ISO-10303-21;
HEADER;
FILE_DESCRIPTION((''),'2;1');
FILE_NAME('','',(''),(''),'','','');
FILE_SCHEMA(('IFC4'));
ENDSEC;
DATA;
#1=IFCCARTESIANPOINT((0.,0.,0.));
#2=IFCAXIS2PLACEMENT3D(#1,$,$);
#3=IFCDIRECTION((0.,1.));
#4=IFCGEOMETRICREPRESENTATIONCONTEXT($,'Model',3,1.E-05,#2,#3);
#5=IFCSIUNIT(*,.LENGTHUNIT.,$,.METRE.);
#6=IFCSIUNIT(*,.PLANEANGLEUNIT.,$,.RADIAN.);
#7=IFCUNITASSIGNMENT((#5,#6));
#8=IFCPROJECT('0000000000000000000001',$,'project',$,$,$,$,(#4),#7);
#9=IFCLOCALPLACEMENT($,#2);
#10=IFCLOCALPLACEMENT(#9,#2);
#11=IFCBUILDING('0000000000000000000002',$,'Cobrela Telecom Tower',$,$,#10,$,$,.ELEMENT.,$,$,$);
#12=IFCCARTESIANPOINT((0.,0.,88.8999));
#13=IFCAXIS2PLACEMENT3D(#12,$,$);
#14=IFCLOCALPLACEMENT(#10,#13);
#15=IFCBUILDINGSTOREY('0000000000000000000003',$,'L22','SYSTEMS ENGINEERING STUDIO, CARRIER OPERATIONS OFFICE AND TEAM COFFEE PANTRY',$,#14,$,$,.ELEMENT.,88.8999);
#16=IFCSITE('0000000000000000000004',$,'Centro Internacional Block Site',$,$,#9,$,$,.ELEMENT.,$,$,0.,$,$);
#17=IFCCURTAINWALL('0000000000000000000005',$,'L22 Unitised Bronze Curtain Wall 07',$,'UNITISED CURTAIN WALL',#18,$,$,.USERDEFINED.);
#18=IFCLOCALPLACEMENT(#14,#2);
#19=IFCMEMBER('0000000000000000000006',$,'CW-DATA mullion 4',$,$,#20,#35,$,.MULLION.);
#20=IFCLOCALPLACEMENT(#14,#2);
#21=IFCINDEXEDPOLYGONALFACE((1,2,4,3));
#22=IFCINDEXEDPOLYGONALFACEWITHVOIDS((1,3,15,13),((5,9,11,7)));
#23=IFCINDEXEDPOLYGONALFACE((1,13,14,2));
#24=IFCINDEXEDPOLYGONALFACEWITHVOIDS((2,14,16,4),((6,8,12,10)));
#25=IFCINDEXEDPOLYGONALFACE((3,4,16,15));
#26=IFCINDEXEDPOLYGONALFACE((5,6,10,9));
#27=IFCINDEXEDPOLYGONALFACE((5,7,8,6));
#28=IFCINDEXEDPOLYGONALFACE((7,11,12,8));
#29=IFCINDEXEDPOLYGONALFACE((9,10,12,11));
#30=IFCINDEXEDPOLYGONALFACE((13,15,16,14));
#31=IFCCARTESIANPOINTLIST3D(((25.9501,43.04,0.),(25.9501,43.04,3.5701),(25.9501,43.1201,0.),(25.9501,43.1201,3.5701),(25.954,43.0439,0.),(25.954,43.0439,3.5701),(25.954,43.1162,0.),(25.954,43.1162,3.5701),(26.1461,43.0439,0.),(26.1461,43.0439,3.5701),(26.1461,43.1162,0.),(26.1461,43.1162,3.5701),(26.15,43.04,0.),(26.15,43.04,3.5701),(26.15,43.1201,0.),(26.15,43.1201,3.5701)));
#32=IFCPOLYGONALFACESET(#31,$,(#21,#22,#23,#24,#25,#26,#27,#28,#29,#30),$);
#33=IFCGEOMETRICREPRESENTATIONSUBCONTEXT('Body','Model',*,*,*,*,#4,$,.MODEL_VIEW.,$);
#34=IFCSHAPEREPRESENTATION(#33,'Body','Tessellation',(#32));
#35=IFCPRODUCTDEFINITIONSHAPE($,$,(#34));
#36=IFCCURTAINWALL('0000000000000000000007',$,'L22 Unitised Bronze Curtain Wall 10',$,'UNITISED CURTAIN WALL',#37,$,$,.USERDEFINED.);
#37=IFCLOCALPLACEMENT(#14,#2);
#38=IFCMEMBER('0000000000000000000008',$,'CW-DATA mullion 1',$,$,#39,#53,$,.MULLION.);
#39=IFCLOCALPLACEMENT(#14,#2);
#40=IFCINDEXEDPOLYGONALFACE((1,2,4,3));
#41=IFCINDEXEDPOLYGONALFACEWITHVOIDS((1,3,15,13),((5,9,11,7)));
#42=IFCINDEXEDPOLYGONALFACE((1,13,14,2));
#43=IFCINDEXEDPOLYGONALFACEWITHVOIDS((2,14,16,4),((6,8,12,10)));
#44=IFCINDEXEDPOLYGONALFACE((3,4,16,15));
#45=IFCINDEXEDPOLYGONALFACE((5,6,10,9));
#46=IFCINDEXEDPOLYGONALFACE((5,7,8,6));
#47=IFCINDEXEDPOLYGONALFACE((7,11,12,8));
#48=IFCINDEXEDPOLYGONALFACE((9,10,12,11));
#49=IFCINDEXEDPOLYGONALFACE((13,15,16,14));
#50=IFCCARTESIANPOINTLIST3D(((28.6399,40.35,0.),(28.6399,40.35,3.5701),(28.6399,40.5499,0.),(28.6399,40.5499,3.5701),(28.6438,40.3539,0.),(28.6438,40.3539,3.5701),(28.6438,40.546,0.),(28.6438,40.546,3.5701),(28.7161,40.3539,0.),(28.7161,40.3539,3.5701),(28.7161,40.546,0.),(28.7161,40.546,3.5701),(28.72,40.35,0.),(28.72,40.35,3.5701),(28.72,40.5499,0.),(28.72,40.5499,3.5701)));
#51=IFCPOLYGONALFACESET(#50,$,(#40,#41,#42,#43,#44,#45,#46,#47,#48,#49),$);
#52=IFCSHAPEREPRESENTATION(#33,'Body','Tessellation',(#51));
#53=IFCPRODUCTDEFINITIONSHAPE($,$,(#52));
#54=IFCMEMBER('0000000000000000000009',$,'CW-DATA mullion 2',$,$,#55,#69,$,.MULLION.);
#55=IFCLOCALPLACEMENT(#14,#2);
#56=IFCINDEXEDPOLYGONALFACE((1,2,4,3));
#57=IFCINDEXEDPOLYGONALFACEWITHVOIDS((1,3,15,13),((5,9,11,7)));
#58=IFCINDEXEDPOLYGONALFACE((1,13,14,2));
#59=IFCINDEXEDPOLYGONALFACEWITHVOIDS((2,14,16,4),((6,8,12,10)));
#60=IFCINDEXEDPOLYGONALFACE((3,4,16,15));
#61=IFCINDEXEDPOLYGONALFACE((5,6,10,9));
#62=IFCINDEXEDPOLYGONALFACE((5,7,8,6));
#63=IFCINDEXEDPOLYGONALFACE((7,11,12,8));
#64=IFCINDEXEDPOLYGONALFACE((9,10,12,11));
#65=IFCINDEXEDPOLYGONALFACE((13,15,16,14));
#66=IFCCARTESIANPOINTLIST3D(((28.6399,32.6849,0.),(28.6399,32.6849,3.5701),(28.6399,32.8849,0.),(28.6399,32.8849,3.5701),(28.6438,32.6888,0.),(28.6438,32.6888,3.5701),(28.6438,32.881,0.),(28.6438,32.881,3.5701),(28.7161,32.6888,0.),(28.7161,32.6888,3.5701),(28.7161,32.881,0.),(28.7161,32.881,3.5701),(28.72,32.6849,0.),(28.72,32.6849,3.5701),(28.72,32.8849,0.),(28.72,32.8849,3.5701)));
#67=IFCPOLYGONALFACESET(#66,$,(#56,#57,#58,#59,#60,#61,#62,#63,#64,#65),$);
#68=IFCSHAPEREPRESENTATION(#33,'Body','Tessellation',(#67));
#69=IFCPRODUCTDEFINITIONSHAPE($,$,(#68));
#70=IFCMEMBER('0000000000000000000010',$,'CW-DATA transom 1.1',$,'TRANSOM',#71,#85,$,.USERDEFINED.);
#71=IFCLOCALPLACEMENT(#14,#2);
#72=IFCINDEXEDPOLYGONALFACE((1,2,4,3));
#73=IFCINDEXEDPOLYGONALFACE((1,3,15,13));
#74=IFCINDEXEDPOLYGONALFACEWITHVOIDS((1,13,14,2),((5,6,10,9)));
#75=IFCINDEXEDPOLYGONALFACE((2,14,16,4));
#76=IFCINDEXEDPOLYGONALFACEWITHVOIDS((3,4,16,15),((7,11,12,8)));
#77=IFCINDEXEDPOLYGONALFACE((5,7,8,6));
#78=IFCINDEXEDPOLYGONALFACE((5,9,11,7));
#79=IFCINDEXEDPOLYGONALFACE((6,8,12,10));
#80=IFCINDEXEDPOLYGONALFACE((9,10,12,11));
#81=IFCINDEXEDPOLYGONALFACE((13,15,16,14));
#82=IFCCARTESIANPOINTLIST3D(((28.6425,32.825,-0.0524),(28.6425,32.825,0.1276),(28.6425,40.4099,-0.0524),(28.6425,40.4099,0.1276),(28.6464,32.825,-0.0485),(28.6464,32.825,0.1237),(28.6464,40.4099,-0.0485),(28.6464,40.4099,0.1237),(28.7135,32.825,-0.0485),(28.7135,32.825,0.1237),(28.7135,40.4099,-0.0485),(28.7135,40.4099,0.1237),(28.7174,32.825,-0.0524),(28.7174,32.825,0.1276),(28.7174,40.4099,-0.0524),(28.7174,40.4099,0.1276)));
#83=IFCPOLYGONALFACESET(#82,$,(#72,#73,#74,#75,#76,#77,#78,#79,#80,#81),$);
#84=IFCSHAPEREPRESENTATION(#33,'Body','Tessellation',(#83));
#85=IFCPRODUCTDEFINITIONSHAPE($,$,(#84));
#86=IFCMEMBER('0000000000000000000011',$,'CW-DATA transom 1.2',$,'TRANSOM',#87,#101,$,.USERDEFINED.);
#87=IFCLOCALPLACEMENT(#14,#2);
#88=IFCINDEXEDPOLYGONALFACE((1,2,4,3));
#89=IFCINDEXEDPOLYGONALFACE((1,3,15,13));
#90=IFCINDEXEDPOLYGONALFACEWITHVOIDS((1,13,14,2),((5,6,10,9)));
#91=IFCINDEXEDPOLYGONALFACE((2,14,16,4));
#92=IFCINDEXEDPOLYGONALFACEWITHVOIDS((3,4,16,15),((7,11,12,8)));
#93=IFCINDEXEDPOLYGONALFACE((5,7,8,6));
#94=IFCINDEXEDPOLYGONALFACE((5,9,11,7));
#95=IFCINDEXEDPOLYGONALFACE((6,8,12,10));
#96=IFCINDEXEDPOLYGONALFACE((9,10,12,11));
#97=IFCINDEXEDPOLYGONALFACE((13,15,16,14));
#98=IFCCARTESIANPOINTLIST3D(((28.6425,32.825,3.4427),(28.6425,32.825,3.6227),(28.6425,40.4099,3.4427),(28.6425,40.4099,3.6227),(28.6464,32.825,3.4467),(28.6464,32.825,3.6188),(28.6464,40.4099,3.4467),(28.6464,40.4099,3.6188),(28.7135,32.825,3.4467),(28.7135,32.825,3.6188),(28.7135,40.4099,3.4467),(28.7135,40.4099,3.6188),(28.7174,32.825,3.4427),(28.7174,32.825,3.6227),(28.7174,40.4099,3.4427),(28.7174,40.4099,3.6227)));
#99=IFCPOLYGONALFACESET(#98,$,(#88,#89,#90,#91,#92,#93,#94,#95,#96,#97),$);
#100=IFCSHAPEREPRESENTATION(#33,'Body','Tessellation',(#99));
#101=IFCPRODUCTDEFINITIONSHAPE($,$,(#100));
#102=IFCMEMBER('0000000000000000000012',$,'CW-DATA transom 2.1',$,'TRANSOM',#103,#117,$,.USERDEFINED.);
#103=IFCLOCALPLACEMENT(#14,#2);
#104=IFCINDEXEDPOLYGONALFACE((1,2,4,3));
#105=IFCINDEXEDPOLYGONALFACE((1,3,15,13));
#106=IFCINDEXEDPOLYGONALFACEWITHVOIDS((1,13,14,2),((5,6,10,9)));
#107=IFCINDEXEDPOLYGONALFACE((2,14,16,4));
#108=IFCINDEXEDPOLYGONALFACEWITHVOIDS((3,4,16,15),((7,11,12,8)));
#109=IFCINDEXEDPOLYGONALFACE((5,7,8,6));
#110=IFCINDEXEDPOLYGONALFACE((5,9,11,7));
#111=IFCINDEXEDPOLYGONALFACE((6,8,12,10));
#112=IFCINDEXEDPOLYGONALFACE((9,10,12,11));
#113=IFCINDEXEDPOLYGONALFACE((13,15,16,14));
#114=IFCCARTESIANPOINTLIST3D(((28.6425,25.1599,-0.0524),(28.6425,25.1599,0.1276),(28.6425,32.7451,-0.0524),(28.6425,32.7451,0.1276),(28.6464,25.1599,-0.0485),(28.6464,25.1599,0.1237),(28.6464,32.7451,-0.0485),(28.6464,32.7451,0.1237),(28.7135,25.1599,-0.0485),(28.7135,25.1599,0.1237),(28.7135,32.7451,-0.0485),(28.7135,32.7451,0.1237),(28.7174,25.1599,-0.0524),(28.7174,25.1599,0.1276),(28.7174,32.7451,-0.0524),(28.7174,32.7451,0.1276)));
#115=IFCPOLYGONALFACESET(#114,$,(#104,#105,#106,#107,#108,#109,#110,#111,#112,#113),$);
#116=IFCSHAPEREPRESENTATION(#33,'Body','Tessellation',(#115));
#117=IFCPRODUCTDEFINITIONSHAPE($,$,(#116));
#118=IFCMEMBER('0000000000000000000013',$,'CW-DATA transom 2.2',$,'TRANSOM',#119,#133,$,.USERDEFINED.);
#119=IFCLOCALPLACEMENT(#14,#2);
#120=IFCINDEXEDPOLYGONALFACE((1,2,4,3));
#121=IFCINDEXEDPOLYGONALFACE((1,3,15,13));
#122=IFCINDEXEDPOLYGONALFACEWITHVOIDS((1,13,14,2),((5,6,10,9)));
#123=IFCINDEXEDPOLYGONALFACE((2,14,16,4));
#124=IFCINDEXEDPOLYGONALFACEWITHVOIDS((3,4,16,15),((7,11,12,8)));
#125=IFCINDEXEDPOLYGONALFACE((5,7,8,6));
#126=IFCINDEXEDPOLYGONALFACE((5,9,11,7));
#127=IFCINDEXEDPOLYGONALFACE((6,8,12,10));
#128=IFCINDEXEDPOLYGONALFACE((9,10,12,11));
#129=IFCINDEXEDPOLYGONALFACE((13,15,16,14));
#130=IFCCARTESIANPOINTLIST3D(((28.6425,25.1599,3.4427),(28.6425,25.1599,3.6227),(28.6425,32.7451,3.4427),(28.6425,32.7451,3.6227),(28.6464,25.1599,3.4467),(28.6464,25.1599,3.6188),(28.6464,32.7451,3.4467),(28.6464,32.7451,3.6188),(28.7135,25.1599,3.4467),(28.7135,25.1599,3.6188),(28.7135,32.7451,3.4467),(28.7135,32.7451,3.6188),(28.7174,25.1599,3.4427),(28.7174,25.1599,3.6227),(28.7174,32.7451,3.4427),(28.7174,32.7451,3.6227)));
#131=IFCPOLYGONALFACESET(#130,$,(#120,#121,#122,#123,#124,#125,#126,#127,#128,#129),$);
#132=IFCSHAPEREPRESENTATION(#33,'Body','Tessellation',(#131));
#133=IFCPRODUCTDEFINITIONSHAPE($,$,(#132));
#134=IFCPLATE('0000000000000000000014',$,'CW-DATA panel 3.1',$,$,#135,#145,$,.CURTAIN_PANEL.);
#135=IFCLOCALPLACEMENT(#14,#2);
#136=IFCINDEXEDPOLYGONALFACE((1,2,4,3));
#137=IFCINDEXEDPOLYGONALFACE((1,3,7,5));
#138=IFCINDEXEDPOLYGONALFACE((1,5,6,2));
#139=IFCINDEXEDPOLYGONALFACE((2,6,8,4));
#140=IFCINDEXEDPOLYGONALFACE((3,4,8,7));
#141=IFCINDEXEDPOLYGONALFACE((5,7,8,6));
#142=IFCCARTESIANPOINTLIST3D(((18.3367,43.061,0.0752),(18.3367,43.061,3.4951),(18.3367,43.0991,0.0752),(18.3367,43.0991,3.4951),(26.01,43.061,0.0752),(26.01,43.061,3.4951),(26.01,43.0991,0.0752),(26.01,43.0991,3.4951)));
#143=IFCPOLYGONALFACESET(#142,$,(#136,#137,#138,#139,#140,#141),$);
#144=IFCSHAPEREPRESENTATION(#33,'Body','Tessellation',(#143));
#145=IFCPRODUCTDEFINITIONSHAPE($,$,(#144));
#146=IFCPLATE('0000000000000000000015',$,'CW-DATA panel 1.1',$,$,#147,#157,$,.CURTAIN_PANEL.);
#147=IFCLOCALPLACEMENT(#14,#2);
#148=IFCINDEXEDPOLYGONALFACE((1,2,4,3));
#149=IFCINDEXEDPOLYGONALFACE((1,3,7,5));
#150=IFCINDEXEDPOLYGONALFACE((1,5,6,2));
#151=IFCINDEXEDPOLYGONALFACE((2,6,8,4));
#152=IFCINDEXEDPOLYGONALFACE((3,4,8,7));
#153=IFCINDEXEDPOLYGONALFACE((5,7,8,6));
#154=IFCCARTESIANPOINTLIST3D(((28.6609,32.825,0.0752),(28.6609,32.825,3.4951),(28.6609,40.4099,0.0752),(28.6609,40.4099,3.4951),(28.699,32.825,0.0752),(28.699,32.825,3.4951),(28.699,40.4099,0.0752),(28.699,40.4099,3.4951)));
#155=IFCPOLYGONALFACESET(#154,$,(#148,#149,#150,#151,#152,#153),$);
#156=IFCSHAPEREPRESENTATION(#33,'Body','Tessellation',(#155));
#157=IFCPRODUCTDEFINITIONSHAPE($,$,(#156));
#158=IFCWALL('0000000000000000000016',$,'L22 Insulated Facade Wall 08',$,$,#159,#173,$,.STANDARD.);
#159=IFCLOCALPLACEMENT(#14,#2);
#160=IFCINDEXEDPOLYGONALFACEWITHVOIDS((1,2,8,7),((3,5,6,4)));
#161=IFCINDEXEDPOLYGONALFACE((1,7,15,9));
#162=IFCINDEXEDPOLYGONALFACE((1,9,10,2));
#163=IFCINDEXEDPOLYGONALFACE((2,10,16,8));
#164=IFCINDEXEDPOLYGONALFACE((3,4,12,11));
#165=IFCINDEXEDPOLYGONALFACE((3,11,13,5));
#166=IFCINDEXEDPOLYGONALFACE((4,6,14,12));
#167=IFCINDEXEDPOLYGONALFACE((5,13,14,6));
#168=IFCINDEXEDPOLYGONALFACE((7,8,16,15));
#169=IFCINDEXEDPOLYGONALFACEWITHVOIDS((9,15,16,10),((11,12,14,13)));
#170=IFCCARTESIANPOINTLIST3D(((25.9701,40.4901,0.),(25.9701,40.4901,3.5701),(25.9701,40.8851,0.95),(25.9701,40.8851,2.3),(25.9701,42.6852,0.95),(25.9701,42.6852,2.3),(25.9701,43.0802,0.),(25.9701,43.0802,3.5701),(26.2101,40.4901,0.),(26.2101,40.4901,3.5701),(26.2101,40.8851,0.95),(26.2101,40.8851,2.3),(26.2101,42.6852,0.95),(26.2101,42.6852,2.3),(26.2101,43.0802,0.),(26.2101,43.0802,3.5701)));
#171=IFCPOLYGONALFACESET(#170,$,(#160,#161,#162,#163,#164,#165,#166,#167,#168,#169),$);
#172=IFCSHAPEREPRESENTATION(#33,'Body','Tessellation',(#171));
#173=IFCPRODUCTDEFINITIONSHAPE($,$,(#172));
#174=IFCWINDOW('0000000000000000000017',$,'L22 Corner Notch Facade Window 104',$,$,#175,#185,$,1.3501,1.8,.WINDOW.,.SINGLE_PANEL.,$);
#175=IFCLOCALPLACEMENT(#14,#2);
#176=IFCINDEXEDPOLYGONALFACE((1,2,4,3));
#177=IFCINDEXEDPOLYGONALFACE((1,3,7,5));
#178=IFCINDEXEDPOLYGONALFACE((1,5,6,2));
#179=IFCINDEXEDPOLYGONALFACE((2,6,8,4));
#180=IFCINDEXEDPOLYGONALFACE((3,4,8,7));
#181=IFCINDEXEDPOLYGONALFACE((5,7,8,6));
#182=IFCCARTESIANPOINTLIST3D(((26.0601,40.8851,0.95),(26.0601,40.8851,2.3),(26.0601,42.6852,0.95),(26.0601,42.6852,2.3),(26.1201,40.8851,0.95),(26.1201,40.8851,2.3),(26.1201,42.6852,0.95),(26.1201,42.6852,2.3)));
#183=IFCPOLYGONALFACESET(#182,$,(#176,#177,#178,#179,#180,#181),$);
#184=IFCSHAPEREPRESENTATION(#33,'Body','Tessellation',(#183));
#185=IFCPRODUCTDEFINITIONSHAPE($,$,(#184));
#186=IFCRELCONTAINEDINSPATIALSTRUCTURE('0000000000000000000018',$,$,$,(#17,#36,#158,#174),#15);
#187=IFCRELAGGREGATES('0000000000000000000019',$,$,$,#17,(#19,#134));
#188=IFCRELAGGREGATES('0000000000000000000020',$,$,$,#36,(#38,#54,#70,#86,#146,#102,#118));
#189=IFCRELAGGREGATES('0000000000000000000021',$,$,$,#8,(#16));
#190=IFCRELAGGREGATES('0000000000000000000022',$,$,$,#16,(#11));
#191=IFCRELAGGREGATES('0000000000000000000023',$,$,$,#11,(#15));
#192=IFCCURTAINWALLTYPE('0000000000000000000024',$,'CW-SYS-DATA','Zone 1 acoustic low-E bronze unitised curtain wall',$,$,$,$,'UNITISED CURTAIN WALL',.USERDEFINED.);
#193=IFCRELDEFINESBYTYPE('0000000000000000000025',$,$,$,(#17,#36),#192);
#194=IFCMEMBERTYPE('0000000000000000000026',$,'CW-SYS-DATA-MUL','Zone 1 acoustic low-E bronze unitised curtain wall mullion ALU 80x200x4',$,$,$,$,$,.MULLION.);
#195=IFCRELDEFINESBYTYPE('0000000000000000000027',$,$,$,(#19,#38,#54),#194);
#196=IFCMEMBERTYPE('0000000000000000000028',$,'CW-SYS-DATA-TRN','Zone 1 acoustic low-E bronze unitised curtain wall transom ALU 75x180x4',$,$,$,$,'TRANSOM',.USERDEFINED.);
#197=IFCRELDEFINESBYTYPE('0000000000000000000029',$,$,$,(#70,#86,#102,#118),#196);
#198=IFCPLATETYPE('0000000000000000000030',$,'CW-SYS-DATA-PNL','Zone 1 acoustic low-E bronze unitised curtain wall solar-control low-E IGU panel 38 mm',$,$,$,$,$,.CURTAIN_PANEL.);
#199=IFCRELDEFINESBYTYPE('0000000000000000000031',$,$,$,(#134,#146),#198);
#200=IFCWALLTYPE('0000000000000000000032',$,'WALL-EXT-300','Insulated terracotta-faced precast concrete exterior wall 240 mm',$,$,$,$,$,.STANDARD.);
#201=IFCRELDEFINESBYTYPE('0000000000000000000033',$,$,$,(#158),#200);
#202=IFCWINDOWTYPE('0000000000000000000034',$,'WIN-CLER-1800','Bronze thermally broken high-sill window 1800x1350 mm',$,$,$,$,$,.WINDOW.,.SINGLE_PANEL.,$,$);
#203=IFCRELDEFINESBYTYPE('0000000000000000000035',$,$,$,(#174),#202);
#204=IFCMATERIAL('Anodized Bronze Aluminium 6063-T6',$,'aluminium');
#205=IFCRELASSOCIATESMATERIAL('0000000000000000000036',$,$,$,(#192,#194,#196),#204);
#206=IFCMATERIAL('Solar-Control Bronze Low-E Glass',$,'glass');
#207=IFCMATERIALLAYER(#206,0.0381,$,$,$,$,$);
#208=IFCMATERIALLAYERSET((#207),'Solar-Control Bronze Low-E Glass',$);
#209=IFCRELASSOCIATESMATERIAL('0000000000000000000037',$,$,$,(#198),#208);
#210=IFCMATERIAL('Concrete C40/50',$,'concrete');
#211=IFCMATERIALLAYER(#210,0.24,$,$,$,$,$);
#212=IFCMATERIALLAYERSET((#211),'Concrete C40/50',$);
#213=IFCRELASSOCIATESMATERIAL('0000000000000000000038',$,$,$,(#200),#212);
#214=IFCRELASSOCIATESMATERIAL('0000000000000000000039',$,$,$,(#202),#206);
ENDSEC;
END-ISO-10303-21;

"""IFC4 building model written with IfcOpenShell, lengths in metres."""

from ifc_helpers import new_model, si_unit, direction, frame, frame_2d, origin, origin_2d, place, context, subcontext, project, spatial, rectangle, hollow_rectangle, extrude, material, layer, layer_set, material_profile, profile_set, type_object, element, fill, aggregate, save


model = new_model("IFC4")

# Units and contexts
model_context = context("Model", 3, precision=1e-05, world=origin(), true_north=direction((0.0, 1.0)))
body_context = subcontext(model_context, "Body", "Model", "MODEL_VIEW")
ifc_project = project(units=[si_unit("LENGTHUNIT", "METRE"), si_unit("PLANEANGLEUNIT", "RADIAN")], contexts=[model_context])

# Site, building, storey
site_placement = place(None, origin())
site = spatial("IfcSite", under=ifc_project, at=site_placement, Name="Centro Internacional Block Site", CompositionType="ELEMENT", RefElevation=0.0)
building_placement = place(site_placement, origin())
building = spatial("IfcBuilding", under=site, at=building_placement, Name="Cobrela Telecom Tower", CompositionType="ELEMENT")
storey_placement = place(building_placement, frame((0.0, 0.0, 88.8999)))
storey = spatial("IfcBuildingStorey", under=building, at=storey_placement, Name="L22", Description="SYSTEMS ENGINEERING STUDIO, CARRIER OPERATIONS OFFICE AND TEAM COFFEE PANTRY", CompositionType="ELEMENT", Elevation=88.8999)

# Curtain wall, member
ifc_material_1 = material(Name="Anodized Bronze Aluminium 6063-T6", Category="aluminium")
curtain_wall_type = type_object("IfcCurtainWallType", Name="CW-SYS-DATA", Description="Zone 1 acoustic low-E bronze unitised curtain wall", ElementType="UNITISED CURTAIN WALL", PredefinedType="USERDEFINED", material=ifc_material_1)
curtain_wall_1_placement = place(storey_placement, origin())
curtain_wall_1 = element("IfcCurtainWall", 1, at=curtain_wall_1_placement, inside=storey, type_object=curtain_wall_type, Name="L22 Unitised Bronze Curtain Wall 07", ObjectType="UNITISED CURTAIN WALL", PredefinedType="USERDEFINED")
ifc_material_profile_1 = material_profile(ifc_material_1, hollow_rectangle(XDim=0.0801, YDim=0.2, WallThickness=0.0039, at=origin_2d()), Name="ALU 80x200x4")
ifc_profile_set_1 = profile_set([ifc_material_profile_1], Name="Anodized Bronze Aluminium 6063-T6")
member_type_1 = type_object("IfcMemberType", Name="CW-SYS-DATA-MUL", Description="Zone 1 acoustic low-E bronze unitised curtain wall mullion ALU 80x200x4", PredefinedType="MULLION", material=ifc_profile_set_1)
member_1_placement = place(storey_placement, frame((26.05, 43.0801, 0.0), z_axis=(0.0, 0.0, 1.0), x_axis=(0.0, 1.0, 0.0)))
member_1 = element("IfcMember", 2, at=member_1_placement, type_object=member_type_1, Name="CW-DATA mullion 4", PredefinedType="MULLION", context=body_context, shape_type="SweptSolid", body=[
    extrude(hollow_rectangle(XDim=0.0801, YDim=0.2, WallThickness=0.0039, at=origin_2d()), origin(), (0.0, 0.0, 1.0), 3.5701),
])

# Curtain wall, members
curtain_wall_2_placement = place(storey_placement, origin())
curtain_wall_2 = element("IfcCurtainWall", 3, at=curtain_wall_2_placement, inside=storey, type_object=curtain_wall_type, Name="L22 Unitised Bronze Curtain Wall 10", ObjectType="UNITISED CURTAIN WALL", PredefinedType="USERDEFINED")
member_2_placement = place(storey_placement, frame((28.6799, 40.45, 0.0), z_axis=(0.0, 0.0, 1.0), x_axis=(1.0, 0.0, 0.0)))
member_2 = element("IfcMember", 4, at=member_2_placement, type_object=member_type_1, Name="CW-DATA mullion 1", PredefinedType="MULLION", context=body_context, shape_type="SweptSolid", body=[
    extrude(hollow_rectangle(XDim=0.0801, YDim=0.2, WallThickness=0.0039, at=origin_2d()), origin(), (0.0, 0.0, 1.0), 3.5701),
])
member_3_placement = place(storey_placement, frame((28.6799, 32.7849, 0.0), z_axis=(0.0, 0.0, 1.0), x_axis=(1.0, 0.0, 0.0)))
member_3 = element("IfcMember", 5, at=member_3_placement, type_object=member_type_1, Name="CW-DATA mullion 2", PredefinedType="MULLION", context=body_context, shape_type="SweptSolid", body=[
    extrude(hollow_rectangle(XDim=0.0801, YDim=0.2, WallThickness=0.0039, at=origin_2d()), origin(), (0.0, 0.0, 1.0), 3.5701),
])
ifc_material_profile_2 = material_profile(ifc_material_1, hollow_rectangle(XDim=0.075, YDim=0.1799, WallThickness=0.0039, at=origin_2d()), Name="ALU 75x180x4")
ifc_profile_set_2 = profile_set([ifc_material_profile_2], Name="Anodized Bronze Aluminium 6063-T6")
member_type_2 = type_object("IfcMemberType", Name="CW-SYS-DATA-TRN", Description="Zone 1 acoustic low-E bronze unitised curtain wall transom ALU 75x180x4", ElementType="TRANSOM", PredefinedType="USERDEFINED", material=ifc_profile_set_2)
member_4_placement = place(storey_placement, frame((28.6799, 40.4099, 0.0376), z_axis=(0.0, -1.0, 0.0), x_axis=(1.0, 0.0, 0.0)))
member_4 = element("IfcMember", 6, at=member_4_placement, type_object=member_type_2, Name="CW-DATA transom 1.1", ObjectType="TRANSOM", PredefinedType="USERDEFINED", context=body_context, shape_type="SweptSolid", body=[
    extrude(hollow_rectangle(XDim=0.075, YDim=0.1799, WallThickness=0.0039, at=origin_2d()), origin(), (0.0, 0.0, 1.0), 7.585),
])
member_5_placement = place(storey_placement, frame((28.6799, 40.4099, 3.5327), z_axis=(0.0, -1.0, 0.0), x_axis=(1.0, 0.0, 0.0)))
member_5 = element("IfcMember", 7, at=member_5_placement, type_object=member_type_2, Name="CW-DATA transom 1.2", ObjectType="TRANSOM", PredefinedType="USERDEFINED", context=body_context, shape_type="SweptSolid", body=[
    extrude(hollow_rectangle(XDim=0.075, YDim=0.1799, WallThickness=0.0039, at=origin_2d()), origin(), (0.0, 0.0, 1.0), 7.585),
])
member_6_placement = place(storey_placement, frame((28.6799, 32.7451, 0.0376), z_axis=(0.0, -1.0, 0.0), x_axis=(1.0, 0.0, 0.0)))
member_6 = element("IfcMember", 8, at=member_6_placement, type_object=member_type_2, Name="CW-DATA transom 2.1", ObjectType="TRANSOM", PredefinedType="USERDEFINED", context=body_context, shape_type="SweptSolid", body=[
    extrude(hollow_rectangle(XDim=0.075, YDim=0.1799, WallThickness=0.0039, at=origin_2d()), origin(), (0.0, 0.0, 1.0), 7.5852),
])
member_7_placement = place(storey_placement, frame((28.6799, 32.7451, 3.5327), z_axis=(0.0, -1.0, 0.0), x_axis=(1.0, 0.0, 0.0)))
member_7 = element("IfcMember", 9, at=member_7_placement, type_object=member_type_2, Name="CW-DATA transom 2.2", ObjectType="TRANSOM", PredefinedType="USERDEFINED", context=body_context, shape_type="SweptSolid", body=[
    extrude(hollow_rectangle(XDim=0.075, YDim=0.1799, WallThickness=0.0039, at=origin_2d()), origin(), (0.0, 0.0, 1.0), 7.5852),
])

# Plates
ifc_material_2 = material(Name="Solar-Control Bronze Low-E Glass", Category="glass")
ifc_layer_1 = layer(ifc_material_2, 0.0381)
ifc_layer_set_1 = layer_set([ifc_layer_1], Name="Solar-Control Bronze Low-E Glass")
plate_type = type_object("IfcPlateType", Name="CW-SYS-DATA-PNL", Description="Zone 1 acoustic low-E bronze unitised curtain wall solar-control low-E IGU panel 38 mm", PredefinedType="CURTAIN_PANEL", material=ifc_layer_set_1)
plate_1_placement = place(storey_placement, frame((22.1733, 43.0801, 0.0752), z_axis=(0.0, 0.0, 1.0), x_axis=(1.0, 0.0, 0.0)))
plate_1 = element("IfcPlate", 10, at=plate_1_placement, type_object=plate_type, Name="CW-DATA panel 3.1", PredefinedType="CURTAIN_PANEL", context=body_context, shape_type="SweptSolid", body=[
    extrude(rectangle(XDim=7.6733, YDim=0.0381, at=origin_2d()), origin(), (0.0, 0.0, 1.0), 3.4199),
])
aggregate(curtain_wall_1, [member_1, plate_1])
plate_2_placement = place(storey_placement, frame((28.6799, 36.6174, 0.0752), z_axis=(0.0, 0.0, 1.0), x_axis=(0.0, -1.0, 0.0)))
plate_2 = element("IfcPlate", 11, at=plate_2_placement, type_object=plate_type, Name="CW-DATA panel 1.1", PredefinedType="CURTAIN_PANEL", context=body_context, shape_type="SweptSolid", body=[
    extrude(rectangle(XDim=7.585, YDim=0.0381, at=origin_2d()), origin(), (0.0, 0.0, 1.0), 3.4199),
])
aggregate(curtain_wall_2, [member_2, member_3, member_4, member_5, plate_2, member_6, member_7])

# Wall, opening, window
ifc_material_3 = material(Name="Concrete C40/50", Category="concrete")
ifc_layer_2 = layer(ifc_material_3, 0.24)
ifc_layer_set_2 = layer_set([ifc_layer_2], Name="Concrete C40/50")
wall_type = type_object("IfcWallType", Name="WALL-EXT-300", Description="Insulated terracotta-faced precast concrete exterior wall 240 mm", PredefinedType="STANDARD", material=ifc_layer_set_2)
wall_1_placement = place(storey_placement, frame((26.0901, 43.0801, 0.0), z_axis=(0.0, 0.0, 1.0), x_axis=(0.0, -1.0, 0.0)))
wall_1 = element("IfcWall", 12, at=wall_1_placement, inside=storey, type_object=wall_type, Name="L22 Insulated Facade Wall 08", PredefinedType="STANDARD", context=body_context, shape_type="SweptSolid", body=[
    extrude(rectangle(XDim=2.5901, YDim=0.24, at=frame_2d((1.2949, 0.0))), origin(), (0.0, 0.0, 1.0), 3.5701),
])
opening_1_placement = place(wall_1_placement, frame((0.395, 0.0, 0.95)))
opening_1 = element("IfcOpeningElement", 13, at=opening_1_placement, cuts=wall_1, PredefinedType="OPENING", context=body_context, shape_type="SweptSolid", body=[
    extrude(rectangle(XDim=1.8, YDim=1.3501, at=frame_2d((0.8999, 0.675))), frame((0.0, 0.1318, 0.0), z_axis=(0.0, -1.0, 0.0), x_axis=(1.0, 0.0, 0.0)), (0.0, 0.0, 1.0), 0.2639),
])
window_type_1 = type_object("IfcWindowType", Name="WIN-CLER-1800", Description="Bronze thermally broken high-sill window 1800x1350 mm", PartitioningType="SINGLE_PANEL", PredefinedType="WINDOW", material=ifc_material_2)
window_1_placement = place(opening_1_placement, origin())
window_1 = element("IfcWindow", 14, at=window_1_placement, inside=storey, type_object=window_type_1, Name="L22 Corner Notch Facade Window 104", OverallHeight=1.3501, OverallWidth=1.8, PartitioningType="SINGLE_PANEL", PredefinedType="WINDOW", context=body_context, shape_type="SweptSolid", body=[
    extrude(rectangle(XDim=1.8, YDim=1.3501, at=frame_2d((0.8999, 0.675))), frame((0.0, 0.03, 0.0), z_axis=(0.0, -1.0, 0.0), x_axis=(1.0, 0.0, 0.0)), (0.0, 0.0, 1.0), 0.0601),
])
fill(opening_1, window_1)

save(model, "model.ifc")
